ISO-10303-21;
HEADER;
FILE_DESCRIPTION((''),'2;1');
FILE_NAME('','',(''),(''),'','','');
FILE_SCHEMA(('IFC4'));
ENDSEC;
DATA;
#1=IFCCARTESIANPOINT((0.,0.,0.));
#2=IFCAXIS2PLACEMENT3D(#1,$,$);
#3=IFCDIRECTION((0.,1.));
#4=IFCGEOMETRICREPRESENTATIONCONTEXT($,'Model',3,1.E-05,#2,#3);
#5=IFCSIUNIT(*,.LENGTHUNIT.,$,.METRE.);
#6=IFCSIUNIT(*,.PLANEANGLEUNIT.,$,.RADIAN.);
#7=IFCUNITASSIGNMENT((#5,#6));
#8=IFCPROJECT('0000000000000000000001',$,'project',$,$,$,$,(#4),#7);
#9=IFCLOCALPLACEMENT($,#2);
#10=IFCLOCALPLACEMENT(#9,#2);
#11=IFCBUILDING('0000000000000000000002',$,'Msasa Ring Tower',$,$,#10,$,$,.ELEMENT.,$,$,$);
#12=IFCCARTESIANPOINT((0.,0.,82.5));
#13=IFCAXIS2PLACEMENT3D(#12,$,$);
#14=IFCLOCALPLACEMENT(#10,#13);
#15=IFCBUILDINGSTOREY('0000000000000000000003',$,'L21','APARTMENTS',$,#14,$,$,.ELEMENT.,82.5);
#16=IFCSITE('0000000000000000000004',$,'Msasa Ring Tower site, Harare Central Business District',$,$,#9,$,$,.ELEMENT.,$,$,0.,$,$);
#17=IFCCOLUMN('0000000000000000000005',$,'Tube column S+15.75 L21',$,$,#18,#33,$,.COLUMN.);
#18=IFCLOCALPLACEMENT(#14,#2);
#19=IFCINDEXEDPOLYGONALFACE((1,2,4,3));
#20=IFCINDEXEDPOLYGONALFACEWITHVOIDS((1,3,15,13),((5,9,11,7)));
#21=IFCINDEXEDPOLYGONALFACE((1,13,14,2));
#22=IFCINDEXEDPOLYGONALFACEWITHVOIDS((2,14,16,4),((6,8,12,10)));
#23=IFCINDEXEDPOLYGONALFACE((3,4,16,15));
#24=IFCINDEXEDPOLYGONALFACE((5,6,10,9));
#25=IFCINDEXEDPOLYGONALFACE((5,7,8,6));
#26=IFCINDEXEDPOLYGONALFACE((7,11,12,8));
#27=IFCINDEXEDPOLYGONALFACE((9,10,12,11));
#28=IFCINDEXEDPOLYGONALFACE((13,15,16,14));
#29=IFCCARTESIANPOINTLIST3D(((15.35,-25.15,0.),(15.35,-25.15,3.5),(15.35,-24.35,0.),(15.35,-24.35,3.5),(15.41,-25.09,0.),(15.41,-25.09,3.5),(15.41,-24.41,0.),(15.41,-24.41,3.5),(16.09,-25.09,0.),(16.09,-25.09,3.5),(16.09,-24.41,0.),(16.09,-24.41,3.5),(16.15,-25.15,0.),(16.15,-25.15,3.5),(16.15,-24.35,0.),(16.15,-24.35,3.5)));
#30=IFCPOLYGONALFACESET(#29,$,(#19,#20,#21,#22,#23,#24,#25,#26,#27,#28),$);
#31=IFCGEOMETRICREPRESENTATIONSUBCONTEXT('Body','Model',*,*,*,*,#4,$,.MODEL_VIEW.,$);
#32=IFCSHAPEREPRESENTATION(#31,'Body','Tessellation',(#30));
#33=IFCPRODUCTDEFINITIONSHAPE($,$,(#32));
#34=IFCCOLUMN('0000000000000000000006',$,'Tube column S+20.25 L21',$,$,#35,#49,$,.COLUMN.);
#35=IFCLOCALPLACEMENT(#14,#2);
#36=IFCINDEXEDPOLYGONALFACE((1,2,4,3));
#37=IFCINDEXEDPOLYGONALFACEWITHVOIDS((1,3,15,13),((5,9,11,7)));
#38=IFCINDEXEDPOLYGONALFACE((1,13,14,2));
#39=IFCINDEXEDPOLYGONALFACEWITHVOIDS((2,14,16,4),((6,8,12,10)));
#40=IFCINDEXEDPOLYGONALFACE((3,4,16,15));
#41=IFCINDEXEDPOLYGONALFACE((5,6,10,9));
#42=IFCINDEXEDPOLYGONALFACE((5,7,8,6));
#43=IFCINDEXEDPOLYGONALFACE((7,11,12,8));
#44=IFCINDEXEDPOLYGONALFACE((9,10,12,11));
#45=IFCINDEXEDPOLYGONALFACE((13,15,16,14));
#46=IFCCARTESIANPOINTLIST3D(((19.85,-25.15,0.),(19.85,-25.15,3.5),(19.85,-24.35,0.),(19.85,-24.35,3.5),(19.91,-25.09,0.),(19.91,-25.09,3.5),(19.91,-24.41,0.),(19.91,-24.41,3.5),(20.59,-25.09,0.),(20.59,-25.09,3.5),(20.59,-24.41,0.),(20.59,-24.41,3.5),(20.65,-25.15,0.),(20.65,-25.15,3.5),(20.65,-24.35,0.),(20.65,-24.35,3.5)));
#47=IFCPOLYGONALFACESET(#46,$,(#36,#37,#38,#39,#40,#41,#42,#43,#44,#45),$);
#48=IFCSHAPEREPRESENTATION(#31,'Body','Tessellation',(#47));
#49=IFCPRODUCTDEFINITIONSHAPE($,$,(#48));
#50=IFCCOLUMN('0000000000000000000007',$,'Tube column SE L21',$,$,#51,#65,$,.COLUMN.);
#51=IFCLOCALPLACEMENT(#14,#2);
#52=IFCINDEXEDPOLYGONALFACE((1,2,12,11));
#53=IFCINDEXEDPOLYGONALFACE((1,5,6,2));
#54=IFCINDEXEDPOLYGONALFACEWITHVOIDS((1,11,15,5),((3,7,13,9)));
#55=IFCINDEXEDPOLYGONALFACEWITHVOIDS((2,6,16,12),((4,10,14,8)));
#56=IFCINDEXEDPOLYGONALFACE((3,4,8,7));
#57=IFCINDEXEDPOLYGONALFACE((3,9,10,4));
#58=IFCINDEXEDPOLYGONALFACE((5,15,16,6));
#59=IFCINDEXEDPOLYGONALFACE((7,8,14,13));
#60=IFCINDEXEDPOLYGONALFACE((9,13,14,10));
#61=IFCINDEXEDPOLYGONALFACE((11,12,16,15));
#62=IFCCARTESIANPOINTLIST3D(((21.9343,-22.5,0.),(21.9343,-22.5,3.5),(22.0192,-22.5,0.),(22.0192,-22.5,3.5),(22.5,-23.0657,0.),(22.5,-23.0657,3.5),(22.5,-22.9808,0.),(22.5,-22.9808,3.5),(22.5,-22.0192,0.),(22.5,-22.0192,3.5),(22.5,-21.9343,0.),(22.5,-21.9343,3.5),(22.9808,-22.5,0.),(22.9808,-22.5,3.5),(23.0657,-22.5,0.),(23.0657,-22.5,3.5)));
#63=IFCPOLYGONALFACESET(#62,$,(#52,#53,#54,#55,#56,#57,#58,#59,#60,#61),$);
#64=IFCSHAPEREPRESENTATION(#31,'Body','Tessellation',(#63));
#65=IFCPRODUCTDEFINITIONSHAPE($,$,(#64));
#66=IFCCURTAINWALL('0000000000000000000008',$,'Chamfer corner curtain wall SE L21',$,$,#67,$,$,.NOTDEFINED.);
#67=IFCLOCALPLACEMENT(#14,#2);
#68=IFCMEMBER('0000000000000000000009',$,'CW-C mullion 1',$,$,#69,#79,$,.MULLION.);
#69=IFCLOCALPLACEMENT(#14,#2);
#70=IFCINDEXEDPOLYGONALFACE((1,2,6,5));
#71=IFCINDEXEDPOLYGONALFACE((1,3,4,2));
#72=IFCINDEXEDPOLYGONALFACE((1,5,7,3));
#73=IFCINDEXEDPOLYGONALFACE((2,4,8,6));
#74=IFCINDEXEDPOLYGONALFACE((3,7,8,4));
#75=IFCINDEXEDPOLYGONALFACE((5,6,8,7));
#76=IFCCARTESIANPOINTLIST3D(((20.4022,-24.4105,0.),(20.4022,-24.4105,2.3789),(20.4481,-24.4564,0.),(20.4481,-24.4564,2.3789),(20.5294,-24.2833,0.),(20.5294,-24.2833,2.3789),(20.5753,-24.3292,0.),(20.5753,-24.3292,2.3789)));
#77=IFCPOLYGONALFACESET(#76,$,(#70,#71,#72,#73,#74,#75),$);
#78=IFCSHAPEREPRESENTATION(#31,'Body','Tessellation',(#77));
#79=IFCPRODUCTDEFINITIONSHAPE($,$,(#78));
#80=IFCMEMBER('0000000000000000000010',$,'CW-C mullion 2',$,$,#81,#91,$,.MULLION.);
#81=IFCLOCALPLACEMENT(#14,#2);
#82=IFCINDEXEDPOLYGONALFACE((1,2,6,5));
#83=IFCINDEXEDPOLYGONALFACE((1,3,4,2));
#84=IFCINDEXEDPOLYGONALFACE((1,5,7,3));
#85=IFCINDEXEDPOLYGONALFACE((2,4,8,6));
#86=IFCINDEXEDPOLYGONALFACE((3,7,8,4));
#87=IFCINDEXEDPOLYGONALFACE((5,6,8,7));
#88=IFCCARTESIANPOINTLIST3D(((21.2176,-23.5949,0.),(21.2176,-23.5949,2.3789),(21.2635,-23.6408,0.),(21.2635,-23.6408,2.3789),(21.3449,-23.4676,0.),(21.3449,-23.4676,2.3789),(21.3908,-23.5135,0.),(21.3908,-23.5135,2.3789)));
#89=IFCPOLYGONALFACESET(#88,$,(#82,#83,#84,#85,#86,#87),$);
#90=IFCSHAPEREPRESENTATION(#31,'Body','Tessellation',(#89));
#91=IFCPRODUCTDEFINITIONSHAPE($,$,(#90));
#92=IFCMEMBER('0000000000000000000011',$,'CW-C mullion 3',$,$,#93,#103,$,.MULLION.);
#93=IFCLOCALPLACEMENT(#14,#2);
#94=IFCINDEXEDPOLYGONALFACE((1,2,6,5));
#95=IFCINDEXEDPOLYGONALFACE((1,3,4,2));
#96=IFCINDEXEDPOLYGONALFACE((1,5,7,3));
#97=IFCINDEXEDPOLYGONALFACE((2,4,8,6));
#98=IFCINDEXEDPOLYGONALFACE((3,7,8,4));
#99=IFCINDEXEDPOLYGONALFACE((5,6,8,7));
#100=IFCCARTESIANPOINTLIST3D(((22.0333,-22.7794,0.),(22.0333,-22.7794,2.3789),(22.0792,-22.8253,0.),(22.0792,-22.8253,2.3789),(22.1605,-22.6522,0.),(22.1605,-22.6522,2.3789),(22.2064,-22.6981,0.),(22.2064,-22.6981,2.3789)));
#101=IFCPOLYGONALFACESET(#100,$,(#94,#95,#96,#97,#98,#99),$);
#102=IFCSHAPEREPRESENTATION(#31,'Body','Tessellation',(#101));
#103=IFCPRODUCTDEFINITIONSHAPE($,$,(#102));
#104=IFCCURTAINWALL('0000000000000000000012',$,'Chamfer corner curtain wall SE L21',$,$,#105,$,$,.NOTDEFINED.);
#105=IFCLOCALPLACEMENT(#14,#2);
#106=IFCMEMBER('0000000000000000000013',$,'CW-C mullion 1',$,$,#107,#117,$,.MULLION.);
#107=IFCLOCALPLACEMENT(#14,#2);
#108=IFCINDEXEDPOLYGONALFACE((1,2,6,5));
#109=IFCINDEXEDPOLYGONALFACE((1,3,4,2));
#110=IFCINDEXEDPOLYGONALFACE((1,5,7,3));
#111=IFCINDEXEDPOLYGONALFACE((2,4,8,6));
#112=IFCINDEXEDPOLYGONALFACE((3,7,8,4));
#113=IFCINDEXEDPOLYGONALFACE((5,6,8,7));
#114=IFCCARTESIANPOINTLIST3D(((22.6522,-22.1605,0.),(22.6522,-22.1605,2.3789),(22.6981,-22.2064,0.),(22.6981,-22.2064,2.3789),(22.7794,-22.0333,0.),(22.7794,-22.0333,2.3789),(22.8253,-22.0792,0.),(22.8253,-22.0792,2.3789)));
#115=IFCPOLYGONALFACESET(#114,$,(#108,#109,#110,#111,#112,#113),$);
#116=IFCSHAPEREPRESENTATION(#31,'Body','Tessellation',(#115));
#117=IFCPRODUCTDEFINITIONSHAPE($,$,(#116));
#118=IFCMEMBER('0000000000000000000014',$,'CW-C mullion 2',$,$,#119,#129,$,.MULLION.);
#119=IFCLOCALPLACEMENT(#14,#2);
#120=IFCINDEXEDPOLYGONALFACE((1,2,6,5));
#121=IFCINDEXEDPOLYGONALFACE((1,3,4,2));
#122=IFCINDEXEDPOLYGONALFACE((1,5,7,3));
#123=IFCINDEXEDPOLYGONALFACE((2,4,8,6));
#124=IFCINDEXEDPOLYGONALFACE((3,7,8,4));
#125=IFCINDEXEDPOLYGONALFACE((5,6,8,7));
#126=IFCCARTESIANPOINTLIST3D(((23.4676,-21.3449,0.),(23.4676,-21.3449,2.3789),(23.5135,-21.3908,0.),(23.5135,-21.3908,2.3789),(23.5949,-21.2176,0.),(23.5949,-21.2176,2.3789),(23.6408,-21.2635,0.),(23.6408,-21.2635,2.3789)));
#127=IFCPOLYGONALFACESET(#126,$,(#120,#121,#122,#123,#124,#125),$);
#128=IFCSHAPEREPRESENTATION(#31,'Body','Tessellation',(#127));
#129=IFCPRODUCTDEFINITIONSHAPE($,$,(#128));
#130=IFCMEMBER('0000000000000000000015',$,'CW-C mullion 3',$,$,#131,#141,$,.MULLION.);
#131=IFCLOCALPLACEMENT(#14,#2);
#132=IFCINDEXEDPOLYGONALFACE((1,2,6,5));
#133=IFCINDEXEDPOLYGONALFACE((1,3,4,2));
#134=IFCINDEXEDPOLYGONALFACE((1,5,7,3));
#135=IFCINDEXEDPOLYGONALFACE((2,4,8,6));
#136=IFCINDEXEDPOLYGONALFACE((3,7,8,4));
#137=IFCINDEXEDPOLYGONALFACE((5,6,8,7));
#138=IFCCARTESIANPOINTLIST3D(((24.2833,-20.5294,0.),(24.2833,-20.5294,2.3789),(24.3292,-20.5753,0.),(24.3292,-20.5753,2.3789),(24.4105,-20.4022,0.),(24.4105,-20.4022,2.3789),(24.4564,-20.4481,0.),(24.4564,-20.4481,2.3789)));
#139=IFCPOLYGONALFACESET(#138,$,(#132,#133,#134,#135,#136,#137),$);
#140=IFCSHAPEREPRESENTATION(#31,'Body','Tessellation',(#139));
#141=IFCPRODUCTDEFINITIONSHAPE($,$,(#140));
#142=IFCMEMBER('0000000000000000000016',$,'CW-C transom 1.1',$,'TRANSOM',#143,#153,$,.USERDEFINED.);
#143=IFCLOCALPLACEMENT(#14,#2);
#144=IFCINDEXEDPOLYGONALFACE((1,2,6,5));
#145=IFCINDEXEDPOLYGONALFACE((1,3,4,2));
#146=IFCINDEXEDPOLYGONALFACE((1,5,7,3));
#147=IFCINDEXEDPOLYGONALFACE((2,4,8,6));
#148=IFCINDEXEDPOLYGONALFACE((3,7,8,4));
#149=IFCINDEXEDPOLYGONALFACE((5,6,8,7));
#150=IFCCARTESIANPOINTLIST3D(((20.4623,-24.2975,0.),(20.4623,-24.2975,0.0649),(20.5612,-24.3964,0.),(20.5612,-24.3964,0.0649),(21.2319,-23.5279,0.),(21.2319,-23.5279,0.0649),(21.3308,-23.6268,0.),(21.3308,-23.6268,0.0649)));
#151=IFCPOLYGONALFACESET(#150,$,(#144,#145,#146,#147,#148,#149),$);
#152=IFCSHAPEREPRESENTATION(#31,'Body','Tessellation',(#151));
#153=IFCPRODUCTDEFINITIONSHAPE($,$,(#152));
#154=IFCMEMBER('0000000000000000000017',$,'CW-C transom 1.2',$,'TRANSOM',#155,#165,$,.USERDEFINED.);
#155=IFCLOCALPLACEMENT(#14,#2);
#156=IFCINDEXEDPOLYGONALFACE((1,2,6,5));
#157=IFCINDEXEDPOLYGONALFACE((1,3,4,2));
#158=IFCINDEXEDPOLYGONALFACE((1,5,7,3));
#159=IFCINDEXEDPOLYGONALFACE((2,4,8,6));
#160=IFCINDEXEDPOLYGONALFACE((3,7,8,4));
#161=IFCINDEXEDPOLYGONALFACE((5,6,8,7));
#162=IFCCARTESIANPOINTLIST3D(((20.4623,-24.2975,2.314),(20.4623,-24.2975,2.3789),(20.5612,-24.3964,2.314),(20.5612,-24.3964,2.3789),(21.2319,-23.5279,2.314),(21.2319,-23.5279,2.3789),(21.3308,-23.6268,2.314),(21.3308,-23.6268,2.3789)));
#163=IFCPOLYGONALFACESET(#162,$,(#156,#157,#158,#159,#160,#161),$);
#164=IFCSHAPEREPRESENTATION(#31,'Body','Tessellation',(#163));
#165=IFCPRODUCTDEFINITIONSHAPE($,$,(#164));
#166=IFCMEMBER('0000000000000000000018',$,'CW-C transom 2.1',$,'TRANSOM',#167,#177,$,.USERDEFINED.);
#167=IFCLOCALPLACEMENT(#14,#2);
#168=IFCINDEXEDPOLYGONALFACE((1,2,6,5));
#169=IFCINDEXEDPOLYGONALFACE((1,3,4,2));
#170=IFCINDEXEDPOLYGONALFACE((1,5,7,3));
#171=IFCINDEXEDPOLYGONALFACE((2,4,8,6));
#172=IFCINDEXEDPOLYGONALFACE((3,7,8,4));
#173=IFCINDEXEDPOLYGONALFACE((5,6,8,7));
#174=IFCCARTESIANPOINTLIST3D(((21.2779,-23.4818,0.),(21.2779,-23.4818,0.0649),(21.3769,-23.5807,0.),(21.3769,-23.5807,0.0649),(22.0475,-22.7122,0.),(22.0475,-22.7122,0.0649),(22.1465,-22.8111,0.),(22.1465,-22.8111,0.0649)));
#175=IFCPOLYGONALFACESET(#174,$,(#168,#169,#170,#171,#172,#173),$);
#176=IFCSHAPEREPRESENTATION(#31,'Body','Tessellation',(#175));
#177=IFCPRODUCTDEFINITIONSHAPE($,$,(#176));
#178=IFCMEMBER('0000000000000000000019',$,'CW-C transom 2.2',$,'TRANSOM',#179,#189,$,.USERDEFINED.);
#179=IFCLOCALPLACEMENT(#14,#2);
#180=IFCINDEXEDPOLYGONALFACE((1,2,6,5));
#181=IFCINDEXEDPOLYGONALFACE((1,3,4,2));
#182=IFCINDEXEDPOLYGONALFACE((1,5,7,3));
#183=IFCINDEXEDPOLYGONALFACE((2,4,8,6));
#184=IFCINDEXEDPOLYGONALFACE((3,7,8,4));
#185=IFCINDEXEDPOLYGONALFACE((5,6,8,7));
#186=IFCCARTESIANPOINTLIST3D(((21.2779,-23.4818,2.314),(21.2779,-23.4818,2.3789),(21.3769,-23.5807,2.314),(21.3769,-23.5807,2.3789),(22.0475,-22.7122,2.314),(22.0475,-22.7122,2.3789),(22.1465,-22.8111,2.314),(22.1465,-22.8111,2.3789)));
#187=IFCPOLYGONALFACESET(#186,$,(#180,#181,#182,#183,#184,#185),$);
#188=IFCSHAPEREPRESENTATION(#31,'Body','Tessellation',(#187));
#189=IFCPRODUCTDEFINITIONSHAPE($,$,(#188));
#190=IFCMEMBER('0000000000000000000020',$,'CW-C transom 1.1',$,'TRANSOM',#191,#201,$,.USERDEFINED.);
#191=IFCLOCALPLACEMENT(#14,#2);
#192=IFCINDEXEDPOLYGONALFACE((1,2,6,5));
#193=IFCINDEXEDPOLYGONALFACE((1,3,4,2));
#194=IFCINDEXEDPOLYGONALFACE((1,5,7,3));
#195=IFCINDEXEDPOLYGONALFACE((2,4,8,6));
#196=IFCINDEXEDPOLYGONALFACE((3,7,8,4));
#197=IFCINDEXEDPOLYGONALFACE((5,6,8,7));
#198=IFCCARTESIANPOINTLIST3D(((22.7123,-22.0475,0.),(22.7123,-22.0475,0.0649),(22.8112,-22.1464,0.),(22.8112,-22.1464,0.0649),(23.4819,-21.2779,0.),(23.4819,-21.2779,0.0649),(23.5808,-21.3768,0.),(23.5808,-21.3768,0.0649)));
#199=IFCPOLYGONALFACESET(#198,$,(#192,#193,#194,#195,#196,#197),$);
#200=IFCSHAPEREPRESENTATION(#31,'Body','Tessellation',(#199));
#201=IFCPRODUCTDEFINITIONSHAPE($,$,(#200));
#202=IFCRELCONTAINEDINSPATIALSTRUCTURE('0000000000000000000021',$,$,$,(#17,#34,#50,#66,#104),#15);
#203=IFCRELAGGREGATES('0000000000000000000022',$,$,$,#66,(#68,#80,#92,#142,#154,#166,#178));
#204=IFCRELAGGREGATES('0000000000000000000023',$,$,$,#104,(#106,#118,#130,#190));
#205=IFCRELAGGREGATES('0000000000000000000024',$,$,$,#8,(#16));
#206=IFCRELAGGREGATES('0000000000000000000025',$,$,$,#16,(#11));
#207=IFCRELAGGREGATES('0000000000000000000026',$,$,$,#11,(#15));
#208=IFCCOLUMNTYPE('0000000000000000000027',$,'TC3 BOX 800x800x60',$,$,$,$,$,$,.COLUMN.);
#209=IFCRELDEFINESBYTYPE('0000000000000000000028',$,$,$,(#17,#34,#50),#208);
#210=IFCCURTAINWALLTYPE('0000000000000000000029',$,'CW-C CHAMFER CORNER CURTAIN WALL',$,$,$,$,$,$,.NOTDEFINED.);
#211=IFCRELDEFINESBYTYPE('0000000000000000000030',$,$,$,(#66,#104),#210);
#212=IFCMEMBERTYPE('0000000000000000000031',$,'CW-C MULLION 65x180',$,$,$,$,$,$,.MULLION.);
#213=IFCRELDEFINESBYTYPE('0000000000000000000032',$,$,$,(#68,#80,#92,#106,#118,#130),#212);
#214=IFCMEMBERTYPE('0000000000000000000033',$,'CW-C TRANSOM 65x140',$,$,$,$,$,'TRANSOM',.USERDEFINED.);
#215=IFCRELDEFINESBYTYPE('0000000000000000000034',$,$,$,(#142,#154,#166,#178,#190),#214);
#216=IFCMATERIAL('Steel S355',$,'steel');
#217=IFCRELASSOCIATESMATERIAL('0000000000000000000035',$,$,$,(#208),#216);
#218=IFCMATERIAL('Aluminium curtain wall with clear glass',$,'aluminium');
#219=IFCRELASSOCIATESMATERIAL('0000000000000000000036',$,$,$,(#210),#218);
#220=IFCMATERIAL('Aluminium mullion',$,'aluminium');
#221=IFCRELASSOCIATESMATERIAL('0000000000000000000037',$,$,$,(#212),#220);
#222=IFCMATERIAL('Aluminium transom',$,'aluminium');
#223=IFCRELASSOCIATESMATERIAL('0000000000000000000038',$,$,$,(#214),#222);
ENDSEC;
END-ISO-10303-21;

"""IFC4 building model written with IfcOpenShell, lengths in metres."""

from ifc_helpers import new_model, si_unit, direction, frame, origin, origin_2d, place, context, subcontext, project, spatial, rectangle, hollow_rectangle, extrude, material, material_profile, profile_set, type_object, element, aggregate, save


model = new_model("IFC4")

# Units and contexts
model_context = context("Model", 3, precision=1e-05, world=origin(), true_north=direction((0.0, 1.0)))
body_context = subcontext(model_context, "Body", "Model", "MODEL_VIEW")
ifc_project = project(units=[si_unit("LENGTHUNIT", "METRE"), si_unit("PLANEANGLEUNIT", "RADIAN")], contexts=[model_context])

# Site, building, storey
site_placement = place(None, origin())
site = spatial("IfcSite", under=ifc_project, at=site_placement, Name="Msasa Ring Tower site, Harare Central Business District", CompositionType="ELEMENT", RefElevation=0.0)
building_placement = place(site_placement, origin())
building = spatial("IfcBuilding", under=site, at=building_placement, Name="Msasa Ring Tower", CompositionType="ELEMENT")
storey_placement = place(building_placement, frame((0.0, 0.0, 82.5)))
storey = spatial("IfcBuildingStorey", under=building, at=storey_placement, Name="L21", Description="APARTMENTS", CompositionType="ELEMENT", Elevation=82.5)

# Columns
ifc_material_1 = material(Name="Steel S355", Category="steel")
ifc_material_profile_1 = material_profile(ifc_material_1, hollow_rectangle(XDim=0.8, YDim=0.8, WallThickness=0.0601, at=origin_2d()), Name="BOX 800x800x60")
ifc_profile_set_1 = profile_set([ifc_material_profile_1], Name="Steel S355")
column_type = type_object("IfcColumnType", Name="TC3 BOX 800x800x60", PredefinedType="COLUMN", material=ifc_profile_set_1)
for number, where, z_axis, x_axis, name in (
    (1, (15.75, -24.75, 0.0), (0.0, 0.0, 1.0), (0.0, 1.0, 0.0), "Tube column S+15.75 L21"),
    (2, (20.25, -24.75, 0.0), (0.0, 0.0, 1.0), (0.0, 1.0, 0.0), "Tube column S+20.25 L21"),
    (3, (22.5, -22.5, 0.0), (0.0, 0.0, 1.0), (0.707107, -0.707107, 0.0), "Tube column SE L21"),
):
    element("IfcColumn", number, at=place(storey_placement, frame(where, z_axis=z_axis, x_axis=x_axis)), inside=storey, type_object=column_type, Name=name, PredefinedType="COLUMN", context=body_context, shape_type="SweptSolid", body=[
        extrude(hollow_rectangle(XDim=0.8, YDim=0.8, WallThickness=0.0601, at=origin_2d()), origin(), (0.0, 0.0, 1.0), 3.5),
    ])

# Curtain walls, members
ifc_material_2 = material(Name="Aluminium curtain wall with clear glass", Category="aluminium")
curtain_wall_type = type_object("IfcCurtainWallType", Name="CW-C CHAMFER CORNER CURTAIN WALL", PredefinedType="NOTDEFINED", material=ifc_material_2)
curtain_wall_1_placement = place(storey_placement, origin())
curtain_wall_1 = element("IfcCurtainWall", 4, at=curtain_wall_1_placement, inside=storey, type_object=curtain_wall_type, Name="Chamfer corner curtain wall SE L21", PredefinedType="NOTDEFINED")
ifc_material_3 = material(Name="Aluminium mullion", Category="aluminium")
ifc_material_profile_2 = material_profile(ifc_material_3, rectangle(XDim=0.0649, YDim=0.1799, at=origin_2d()), Name="AL 65x180")
ifc_profile_set_2 = profile_set([ifc_material_profile_2], Name="Aluminium mullion")
member_type_1 = type_object("IfcMemberType", Name="CW-C MULLION 65x180", PredefinedType="MULLION", material=ifc_profile_set_2)
member_1_placement = place(storey_placement, frame((20.4888, -24.3699, 0.0), z_axis=(0.0, 0.0, 1.0), x_axis=(-0.707107, 0.707107, 0.0)))
member_1 = element("IfcMember", 5, at=member_1_placement, type_object=member_type_1, Name="CW-C mullion 1", PredefinedType="MULLION", context=body_context, shape_type="SweptSolid", body=[
    extrude(rectangle(XDim=0.0649, YDim=0.1799, at=origin_2d()), origin(), (0.0, 0.0, 1.0), 2.3789),
])
member_2_placement = place(storey_placement, frame((21.3042, -23.5542, 0.0), z_axis=(0.0, 0.0, 1.0), x_axis=(-0.707107, 0.707107, 0.0)))
member_2 = element("IfcMember", 6, at=member_2_placement, type_object=member_type_1, Name="CW-C mullion 2", PredefinedType="MULLION", context=body_context, shape_type="SweptSolid", body=[
    extrude(rectangle(XDim=0.0649, YDim=0.1799, at=origin_2d()), origin(), (0.0, 0.0, 1.0), 2.3789),
])
member_3_placement = place(storey_placement, frame((22.1199, -22.7388, 0.0), z_axis=(0.0, 0.0, 1.0), x_axis=(-0.707107, 0.707107, 0.0)))
member_3 = element("IfcMember", 7, at=member_3_placement, type_object=member_type_1, Name="CW-C mullion 3", PredefinedType="MULLION", context=body_context, shape_type="SweptSolid", body=[
    extrude(rectangle(XDim=0.0649, YDim=0.1799, at=origin_2d()), origin(), (0.0, 0.0, 1.0), 2.3789),
])
curtain_wall_2_placement = place(storey_placement, origin())
curtain_wall_2 = element("IfcCurtainWall", 8, at=curtain_wall_2_placement, inside=storey, type_object=curtain_wall_type, Name="Chamfer corner curtain wall SE L21", PredefinedType="NOTDEFINED")
member_4_placement = place(storey_placement, frame((22.7388, -22.1199, 0.0), z_axis=(0.0, 0.0, 1.0), x_axis=(-0.707107, 0.707107, 0.0)))
member_4 = element("IfcMember", 9, at=member_4_placement, type_object=member_type_1, Name="CW-C mullion 1", PredefinedType="MULLION", context=body_context, shape_type="SweptSolid", body=[
    extrude(rectangle(XDim=0.0649, YDim=0.1799, at=origin_2d()), origin(), (0.0, 0.0, 1.0), 2.3789),
])
member_5_placement = place(storey_placement, frame((23.5542, -21.3042, 0.0), z_axis=(0.0, 0.0, 1.0), x_axis=(-0.707107, 0.707107, 0.0)))
member_5 = element("IfcMember", 10, at=member_5_placement, type_object=member_type_1, Name="CW-C mullion 2", PredefinedType="MULLION", context=body_context, shape_type="SweptSolid", body=[
    extrude(rectangle(XDim=0.0649, YDim=0.1799, at=origin_2d()), origin(), (0.0, 0.0, 1.0), 2.3789),
])
member_6_placement = place(storey_placement, frame((24.3699, -20.4888, 0.0), z_axis=(0.0, 0.0, 1.0), x_axis=(-0.707107, 0.707107, 0.0)))
member_6 = element("IfcMember", 11, at=member_6_placement, type_object=member_type_1, Name="CW-C mullion 3", PredefinedType="MULLION", context=body_context, shape_type="SweptSolid", body=[
    extrude(rectangle(XDim=0.0649, YDim=0.1799, at=origin_2d()), origin(), (0.0, 0.0, 1.0), 2.3789),
])

# Members
ifc_material_4 = material(Name="Aluminium transom", Category="aluminium")
ifc_material_profile_3 = material_profile(ifc_material_4, rectangle(XDim=0.1399, YDim=0.0649, at=origin_2d()), Name="AL 65x140")
ifc_profile_set_3 = profile_set([ifc_material_profile_3], Name="Aluminium transom")
member_type_2 = type_object("IfcMemberType", Name="CW-C TRANSOM 65x140", ElementType="TRANSOM", PredefinedType="USERDEFINED", material=ifc_profile_set_3)
member_7_placement = place(storey_placement, frame((20.5117, -24.3469, 0.0325), z_axis=(0.707107, 0.707107, 0.0), x_axis=(-0.707107, 0.707107, 0.0)))
member_7 = element("IfcMember", 12, at=member_7_placement, type_object=member_type_2, Name="CW-C transom 1.1", ObjectType="TRANSOM", PredefinedType="USERDEFINED", context=body_context, shape_type="SweptSolid", body=[
    extrude(rectangle(XDim=0.1399, YDim=0.0649, at=origin_2d()), origin(), (0.0, 0.0, 1.0), 1.0884),
])
member_8_placement = place(storey_placement, frame((20.5117, -24.3469, 2.3464), z_axis=(0.707107, 0.707107, 0.0), x_axis=(-0.707107, 0.707107, 0.0)))
member_8 = element("IfcMember", 13, at=member_8_placement, type_object=member_type_2, Name="CW-C transom 1.2", ObjectType="TRANSOM", PredefinedType="USERDEFINED", context=body_context, shape_type="SweptSolid", body=[
    extrude(rectangle(XDim=0.1399, YDim=0.0649, at=origin_2d()), origin(), (0.0, 0.0, 1.0), 1.0884),
])
member_9_placement = place(storey_placement, frame((21.3274, -23.5312, 0.0325), z_axis=(0.707107, 0.707107, 0.0), x_axis=(-0.707107, 0.707107, 0.0)))
member_9 = element("IfcMember", 14, at=member_9_placement, type_object=member_type_2, Name="CW-C transom 2.1", ObjectType="TRANSOM", PredefinedType="USERDEFINED", context=body_context, shape_type="SweptSolid", body=[
    extrude(rectangle(XDim=0.1399, YDim=0.0649, at=origin_2d()), origin(), (0.0, 0.0, 1.0), 1.0884),
])
member_10_placement = place(storey_placement, frame((21.3274, -23.5312, 2.3464), z_axis=(0.707107, 0.707107, 0.0), x_axis=(-0.707107, 0.707107, 0.0)))
member_10 = element("IfcMember", 15, at=member_10_placement, type_object=member_type_2, Name="CW-C transom 2.2", ObjectType="TRANSOM", PredefinedType="USERDEFINED", context=body_context, shape_type="SweptSolid", body=[
    extrude(rectangle(XDim=0.1399, YDim=0.0649, at=origin_2d()), origin(), (0.0, 0.0, 1.0), 1.0884),
])
member_11_placement = place(storey_placement, frame((22.7617, -22.0969, 0.0325), z_axis=(0.707107, 0.707107, 0.0), x_axis=(-0.707107, 0.707107, 0.0)))
member_11 = element("IfcMember", 16, at=member_11_placement, type_object=member_type_2, Name="CW-C transom 1.1", ObjectType="TRANSOM", PredefinedType="USERDEFINED", context=body_context, shape_type="SweptSolid", body=[
    extrude(rectangle(XDim=0.1399, YDim=0.0649, at=origin_2d()), origin(), (0.0, 0.0, 1.0), 1.0884),
])

aggregate(curtain_wall_1, [member_1, member_2, member_3, member_7, member_8, member_9, member_10])
aggregate(curtain_wall_2, [member_4, member_5, member_6, member_11])

save(model, "model.ifc")
